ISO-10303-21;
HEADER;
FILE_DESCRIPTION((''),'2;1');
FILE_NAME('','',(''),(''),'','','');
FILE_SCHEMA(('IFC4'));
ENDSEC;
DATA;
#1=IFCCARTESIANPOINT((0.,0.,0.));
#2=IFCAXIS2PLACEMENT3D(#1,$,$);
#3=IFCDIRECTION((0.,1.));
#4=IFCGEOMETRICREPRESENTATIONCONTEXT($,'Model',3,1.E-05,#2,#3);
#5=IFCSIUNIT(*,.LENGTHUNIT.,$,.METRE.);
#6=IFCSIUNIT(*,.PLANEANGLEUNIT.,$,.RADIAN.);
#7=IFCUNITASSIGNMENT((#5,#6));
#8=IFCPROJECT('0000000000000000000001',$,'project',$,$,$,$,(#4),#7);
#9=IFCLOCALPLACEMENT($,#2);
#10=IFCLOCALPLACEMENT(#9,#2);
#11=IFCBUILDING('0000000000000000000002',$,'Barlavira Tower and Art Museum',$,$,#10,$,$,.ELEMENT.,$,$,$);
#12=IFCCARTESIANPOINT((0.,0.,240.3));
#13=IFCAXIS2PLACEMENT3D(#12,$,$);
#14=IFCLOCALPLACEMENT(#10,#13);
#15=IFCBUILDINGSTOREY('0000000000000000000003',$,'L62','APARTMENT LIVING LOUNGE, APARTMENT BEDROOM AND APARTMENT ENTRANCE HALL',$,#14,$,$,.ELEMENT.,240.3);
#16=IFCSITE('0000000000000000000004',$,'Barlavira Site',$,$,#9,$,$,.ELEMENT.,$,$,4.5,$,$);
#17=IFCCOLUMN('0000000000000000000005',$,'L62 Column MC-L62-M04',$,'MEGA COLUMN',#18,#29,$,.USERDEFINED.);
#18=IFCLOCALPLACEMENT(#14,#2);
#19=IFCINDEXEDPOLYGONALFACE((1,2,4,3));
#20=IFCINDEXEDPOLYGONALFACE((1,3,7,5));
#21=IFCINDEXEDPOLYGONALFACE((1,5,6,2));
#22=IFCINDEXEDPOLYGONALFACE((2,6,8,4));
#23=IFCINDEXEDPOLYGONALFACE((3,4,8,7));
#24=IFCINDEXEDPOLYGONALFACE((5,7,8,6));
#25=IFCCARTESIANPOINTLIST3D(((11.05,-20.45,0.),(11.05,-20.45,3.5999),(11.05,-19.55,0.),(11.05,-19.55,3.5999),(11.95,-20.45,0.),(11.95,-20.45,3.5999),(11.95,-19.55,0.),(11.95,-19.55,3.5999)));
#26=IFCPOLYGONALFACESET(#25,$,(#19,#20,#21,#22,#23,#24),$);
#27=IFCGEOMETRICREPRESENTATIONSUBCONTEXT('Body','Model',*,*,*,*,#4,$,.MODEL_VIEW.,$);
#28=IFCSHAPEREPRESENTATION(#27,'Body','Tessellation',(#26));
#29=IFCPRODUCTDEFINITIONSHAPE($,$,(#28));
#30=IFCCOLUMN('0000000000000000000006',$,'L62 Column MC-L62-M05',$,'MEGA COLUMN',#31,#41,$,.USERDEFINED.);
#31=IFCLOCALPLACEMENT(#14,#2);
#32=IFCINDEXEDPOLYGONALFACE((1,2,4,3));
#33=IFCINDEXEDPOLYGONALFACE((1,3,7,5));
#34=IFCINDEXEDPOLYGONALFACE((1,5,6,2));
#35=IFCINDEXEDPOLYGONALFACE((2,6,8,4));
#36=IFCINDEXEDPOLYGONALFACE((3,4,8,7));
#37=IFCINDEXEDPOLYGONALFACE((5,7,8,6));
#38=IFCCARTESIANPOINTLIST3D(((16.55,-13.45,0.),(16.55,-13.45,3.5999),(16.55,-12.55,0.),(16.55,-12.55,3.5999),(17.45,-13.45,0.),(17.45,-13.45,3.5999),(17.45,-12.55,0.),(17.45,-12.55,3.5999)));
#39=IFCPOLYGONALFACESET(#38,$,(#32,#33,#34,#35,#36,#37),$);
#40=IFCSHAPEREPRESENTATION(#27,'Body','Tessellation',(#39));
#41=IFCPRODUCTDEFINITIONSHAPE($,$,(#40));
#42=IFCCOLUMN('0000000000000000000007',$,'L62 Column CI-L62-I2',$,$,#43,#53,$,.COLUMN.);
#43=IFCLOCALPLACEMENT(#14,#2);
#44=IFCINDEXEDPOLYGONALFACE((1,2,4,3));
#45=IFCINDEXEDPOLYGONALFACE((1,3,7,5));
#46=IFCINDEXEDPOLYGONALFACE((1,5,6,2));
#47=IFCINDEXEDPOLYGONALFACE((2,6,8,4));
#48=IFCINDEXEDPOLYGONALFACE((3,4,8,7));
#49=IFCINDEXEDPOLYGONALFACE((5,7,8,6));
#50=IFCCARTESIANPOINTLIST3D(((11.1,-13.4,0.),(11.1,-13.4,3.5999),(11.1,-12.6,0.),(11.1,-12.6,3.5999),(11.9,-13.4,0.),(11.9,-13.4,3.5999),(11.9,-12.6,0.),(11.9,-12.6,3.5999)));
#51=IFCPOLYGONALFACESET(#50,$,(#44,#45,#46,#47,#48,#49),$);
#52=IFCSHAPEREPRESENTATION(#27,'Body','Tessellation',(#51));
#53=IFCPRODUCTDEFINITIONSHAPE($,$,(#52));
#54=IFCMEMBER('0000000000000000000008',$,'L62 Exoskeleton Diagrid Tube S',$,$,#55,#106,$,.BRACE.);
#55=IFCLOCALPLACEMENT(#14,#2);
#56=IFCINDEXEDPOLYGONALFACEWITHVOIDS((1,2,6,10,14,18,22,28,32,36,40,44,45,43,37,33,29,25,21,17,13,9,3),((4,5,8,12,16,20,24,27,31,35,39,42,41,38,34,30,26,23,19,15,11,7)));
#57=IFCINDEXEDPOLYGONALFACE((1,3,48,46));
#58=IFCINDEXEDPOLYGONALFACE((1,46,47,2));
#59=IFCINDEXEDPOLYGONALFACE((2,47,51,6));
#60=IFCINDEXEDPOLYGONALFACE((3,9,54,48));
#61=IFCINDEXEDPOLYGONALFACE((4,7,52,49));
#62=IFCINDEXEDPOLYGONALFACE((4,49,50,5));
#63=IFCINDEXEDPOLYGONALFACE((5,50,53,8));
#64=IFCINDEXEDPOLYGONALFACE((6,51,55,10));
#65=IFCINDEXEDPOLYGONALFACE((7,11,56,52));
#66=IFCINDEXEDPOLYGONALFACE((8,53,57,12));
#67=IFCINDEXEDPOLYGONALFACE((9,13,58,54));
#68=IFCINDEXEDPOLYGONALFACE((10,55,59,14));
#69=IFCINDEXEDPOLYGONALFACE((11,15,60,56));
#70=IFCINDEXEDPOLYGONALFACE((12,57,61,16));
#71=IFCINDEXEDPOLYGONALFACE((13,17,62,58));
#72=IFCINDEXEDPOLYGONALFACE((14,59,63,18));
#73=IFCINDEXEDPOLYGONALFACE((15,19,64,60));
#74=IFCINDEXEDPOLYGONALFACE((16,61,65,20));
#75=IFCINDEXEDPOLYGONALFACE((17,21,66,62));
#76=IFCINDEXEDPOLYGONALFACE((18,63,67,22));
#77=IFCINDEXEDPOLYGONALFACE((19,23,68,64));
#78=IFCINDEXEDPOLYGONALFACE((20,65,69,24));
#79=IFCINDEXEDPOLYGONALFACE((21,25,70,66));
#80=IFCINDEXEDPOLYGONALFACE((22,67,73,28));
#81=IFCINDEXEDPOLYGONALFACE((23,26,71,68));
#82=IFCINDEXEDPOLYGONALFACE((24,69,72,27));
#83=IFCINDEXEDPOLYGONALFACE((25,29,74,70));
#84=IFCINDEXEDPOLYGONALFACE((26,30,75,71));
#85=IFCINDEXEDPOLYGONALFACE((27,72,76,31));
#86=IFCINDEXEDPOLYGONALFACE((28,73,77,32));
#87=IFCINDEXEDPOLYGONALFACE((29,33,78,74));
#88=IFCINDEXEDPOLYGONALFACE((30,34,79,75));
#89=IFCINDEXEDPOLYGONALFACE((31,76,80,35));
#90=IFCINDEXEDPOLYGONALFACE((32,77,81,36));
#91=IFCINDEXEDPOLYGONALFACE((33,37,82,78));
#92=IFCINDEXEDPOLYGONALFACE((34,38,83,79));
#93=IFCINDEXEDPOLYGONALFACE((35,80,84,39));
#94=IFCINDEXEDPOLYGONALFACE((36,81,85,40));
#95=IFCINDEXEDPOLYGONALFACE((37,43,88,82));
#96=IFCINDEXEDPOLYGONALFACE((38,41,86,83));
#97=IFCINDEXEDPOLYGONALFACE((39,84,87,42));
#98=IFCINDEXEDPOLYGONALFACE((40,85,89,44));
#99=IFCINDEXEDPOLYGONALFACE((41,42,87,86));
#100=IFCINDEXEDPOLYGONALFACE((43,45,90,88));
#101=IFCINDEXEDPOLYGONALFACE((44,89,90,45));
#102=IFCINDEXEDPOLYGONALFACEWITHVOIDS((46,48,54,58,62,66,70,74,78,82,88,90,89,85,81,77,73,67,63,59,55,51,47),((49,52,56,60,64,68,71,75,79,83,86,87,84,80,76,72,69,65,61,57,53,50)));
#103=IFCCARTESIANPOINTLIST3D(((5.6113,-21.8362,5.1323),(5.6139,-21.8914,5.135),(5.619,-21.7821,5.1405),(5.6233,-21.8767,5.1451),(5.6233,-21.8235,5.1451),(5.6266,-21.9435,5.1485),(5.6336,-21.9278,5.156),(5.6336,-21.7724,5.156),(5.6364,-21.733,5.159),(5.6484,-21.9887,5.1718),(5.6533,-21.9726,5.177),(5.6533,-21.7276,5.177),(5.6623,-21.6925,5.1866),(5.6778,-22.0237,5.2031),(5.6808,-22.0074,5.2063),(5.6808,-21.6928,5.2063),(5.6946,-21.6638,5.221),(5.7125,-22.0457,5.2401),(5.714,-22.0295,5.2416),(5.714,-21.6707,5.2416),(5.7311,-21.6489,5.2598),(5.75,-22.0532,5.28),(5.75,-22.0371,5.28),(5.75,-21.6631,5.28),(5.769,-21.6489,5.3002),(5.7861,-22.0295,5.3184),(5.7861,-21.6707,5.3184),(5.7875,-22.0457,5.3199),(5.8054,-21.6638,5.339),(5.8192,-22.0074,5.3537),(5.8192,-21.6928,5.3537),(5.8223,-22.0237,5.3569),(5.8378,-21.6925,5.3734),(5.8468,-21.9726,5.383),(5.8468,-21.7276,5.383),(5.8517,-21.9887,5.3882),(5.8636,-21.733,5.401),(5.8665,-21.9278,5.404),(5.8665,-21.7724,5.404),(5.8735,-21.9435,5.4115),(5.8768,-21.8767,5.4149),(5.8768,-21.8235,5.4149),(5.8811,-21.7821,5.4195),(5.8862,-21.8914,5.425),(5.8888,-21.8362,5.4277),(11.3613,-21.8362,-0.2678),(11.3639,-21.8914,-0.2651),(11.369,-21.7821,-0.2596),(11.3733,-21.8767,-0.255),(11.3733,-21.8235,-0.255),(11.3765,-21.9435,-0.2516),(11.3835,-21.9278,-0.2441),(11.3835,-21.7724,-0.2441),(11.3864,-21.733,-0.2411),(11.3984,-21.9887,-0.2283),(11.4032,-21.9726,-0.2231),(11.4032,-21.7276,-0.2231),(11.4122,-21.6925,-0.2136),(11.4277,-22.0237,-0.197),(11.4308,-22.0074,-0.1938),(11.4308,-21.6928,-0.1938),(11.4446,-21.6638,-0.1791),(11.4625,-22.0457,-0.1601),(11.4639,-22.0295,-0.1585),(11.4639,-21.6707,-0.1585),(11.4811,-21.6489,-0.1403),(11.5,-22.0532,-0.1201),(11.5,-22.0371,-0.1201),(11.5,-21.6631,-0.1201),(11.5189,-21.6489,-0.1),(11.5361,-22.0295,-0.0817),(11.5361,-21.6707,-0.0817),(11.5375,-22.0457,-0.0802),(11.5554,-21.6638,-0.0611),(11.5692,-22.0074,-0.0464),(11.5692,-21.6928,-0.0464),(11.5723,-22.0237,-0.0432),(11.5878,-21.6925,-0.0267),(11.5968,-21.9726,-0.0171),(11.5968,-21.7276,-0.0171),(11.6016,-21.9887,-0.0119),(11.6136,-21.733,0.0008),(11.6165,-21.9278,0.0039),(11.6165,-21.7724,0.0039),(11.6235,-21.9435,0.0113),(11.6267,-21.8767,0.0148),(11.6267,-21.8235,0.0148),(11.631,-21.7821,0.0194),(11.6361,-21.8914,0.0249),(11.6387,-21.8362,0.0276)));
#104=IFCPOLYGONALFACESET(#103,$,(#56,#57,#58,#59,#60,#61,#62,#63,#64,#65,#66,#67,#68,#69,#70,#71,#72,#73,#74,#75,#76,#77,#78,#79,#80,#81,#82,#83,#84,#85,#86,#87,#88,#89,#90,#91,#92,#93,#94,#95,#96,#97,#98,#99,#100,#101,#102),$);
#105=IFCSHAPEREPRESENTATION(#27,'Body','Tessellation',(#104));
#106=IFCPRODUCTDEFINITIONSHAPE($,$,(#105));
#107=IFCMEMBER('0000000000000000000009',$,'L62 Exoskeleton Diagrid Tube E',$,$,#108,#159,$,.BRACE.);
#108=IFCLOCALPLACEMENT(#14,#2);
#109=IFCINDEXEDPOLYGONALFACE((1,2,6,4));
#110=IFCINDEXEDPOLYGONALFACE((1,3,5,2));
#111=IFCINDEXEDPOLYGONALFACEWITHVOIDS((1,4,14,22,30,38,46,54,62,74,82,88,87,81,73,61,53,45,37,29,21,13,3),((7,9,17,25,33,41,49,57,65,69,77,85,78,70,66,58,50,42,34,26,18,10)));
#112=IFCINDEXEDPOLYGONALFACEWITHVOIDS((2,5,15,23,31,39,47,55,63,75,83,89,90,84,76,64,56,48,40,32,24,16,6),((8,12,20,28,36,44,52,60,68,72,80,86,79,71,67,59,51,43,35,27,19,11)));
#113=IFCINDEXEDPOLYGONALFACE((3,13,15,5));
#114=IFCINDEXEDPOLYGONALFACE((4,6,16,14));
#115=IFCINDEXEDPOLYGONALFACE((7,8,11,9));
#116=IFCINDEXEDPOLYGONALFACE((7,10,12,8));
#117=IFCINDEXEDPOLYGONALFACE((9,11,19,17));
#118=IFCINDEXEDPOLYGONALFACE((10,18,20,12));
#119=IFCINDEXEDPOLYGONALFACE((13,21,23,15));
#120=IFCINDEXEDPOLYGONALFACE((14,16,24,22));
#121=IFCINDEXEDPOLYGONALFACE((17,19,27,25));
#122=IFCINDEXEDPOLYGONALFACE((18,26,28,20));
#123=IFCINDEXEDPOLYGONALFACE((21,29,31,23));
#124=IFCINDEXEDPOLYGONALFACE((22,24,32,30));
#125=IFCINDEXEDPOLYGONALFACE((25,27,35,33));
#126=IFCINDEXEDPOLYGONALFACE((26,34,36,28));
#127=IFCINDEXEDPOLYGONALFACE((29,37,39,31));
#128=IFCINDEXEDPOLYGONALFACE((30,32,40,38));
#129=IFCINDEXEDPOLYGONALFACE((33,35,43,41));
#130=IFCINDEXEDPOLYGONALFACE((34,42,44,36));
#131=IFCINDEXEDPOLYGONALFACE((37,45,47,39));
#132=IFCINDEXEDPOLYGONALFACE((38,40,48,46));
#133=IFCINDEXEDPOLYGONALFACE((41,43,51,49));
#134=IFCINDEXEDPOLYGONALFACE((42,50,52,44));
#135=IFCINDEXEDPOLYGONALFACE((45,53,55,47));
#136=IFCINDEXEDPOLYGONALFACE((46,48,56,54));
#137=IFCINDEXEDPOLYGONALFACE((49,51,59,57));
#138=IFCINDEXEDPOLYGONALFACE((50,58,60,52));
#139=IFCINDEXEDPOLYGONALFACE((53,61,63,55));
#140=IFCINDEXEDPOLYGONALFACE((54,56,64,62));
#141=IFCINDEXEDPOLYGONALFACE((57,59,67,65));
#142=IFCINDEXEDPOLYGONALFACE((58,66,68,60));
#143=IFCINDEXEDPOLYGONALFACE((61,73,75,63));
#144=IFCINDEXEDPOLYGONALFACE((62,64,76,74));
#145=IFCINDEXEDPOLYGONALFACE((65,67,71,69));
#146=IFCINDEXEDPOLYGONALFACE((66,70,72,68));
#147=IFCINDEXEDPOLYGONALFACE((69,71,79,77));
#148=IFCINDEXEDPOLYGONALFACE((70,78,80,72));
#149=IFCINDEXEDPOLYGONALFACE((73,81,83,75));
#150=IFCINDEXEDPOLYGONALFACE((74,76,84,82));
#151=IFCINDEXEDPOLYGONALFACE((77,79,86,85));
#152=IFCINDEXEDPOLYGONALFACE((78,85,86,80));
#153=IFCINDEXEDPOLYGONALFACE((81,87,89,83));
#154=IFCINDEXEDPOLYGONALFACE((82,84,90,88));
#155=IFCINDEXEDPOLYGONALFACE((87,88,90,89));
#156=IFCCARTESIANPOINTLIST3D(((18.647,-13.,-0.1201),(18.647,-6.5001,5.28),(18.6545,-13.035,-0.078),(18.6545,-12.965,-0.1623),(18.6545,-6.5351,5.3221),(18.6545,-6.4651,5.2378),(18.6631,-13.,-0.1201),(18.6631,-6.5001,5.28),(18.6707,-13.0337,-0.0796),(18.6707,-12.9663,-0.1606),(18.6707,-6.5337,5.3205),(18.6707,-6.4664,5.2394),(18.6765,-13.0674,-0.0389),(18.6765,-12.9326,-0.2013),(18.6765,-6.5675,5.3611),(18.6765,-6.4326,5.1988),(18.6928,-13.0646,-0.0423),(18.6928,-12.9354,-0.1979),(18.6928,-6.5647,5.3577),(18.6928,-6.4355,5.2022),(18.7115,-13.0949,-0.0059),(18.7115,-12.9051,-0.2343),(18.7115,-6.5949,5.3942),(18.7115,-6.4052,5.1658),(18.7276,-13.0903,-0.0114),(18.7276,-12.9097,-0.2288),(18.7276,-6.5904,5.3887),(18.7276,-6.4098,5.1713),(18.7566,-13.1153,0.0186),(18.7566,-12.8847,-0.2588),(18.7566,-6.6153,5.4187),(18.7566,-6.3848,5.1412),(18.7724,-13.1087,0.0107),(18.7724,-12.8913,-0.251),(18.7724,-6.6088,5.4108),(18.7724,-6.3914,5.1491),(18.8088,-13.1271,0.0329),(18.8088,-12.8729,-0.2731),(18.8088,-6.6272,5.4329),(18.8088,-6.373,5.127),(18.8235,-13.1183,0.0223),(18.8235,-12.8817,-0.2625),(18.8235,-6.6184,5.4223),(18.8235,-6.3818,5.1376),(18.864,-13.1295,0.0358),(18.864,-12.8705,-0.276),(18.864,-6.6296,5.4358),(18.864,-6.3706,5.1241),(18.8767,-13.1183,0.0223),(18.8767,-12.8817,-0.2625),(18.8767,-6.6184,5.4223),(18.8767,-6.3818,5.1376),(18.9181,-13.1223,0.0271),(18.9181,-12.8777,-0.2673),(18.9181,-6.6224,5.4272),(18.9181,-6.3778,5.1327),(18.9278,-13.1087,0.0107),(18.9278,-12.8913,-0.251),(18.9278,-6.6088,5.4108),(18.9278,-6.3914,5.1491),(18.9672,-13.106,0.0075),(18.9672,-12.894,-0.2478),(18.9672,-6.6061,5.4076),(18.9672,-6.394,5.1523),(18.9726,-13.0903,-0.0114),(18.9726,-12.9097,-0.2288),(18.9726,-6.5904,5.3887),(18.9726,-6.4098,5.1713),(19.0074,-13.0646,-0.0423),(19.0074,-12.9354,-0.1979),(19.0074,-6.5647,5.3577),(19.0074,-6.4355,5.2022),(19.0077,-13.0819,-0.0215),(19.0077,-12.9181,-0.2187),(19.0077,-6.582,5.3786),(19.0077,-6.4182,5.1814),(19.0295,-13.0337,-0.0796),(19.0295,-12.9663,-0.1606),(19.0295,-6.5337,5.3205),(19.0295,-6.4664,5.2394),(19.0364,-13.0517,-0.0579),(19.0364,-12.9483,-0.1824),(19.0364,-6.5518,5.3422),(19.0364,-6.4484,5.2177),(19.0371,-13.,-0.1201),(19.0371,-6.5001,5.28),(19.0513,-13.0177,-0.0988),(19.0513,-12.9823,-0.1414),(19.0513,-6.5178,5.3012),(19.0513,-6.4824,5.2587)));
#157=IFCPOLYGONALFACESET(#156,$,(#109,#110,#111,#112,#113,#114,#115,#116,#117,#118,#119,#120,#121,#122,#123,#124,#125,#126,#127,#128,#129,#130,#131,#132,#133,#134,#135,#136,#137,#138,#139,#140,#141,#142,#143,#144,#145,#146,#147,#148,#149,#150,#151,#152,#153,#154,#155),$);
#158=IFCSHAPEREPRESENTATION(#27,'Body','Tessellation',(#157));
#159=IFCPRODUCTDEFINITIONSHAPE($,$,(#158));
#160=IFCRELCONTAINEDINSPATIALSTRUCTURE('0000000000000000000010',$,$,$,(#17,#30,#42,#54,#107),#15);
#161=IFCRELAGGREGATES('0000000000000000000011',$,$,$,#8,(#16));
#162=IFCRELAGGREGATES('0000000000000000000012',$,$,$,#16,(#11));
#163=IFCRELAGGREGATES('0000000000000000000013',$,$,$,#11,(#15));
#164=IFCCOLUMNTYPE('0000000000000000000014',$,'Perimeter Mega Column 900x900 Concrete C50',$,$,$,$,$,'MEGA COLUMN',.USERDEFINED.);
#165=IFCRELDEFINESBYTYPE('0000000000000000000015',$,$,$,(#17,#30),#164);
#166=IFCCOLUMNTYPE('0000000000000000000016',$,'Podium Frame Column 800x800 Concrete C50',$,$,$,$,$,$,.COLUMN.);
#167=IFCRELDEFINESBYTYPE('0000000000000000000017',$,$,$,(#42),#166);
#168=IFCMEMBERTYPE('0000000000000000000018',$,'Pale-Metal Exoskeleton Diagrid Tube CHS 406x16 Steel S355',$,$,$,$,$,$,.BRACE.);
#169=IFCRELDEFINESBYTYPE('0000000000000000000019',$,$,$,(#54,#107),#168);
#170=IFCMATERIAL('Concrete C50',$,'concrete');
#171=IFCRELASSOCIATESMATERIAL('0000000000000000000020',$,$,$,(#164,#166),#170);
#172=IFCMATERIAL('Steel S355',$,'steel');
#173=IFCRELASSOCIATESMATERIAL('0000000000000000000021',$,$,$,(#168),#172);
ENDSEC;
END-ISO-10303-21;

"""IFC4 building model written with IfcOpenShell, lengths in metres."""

from ifc_helpers import new_model, si_unit, direction, frame, origin, origin_2d, place, context, subcontext, project, spatial, rectangle, hollow_circle, extrude, material, material_profile, profile_set, type_object, element, save


model = new_model("IFC4")

# Units and contexts
model_context = context("Model", 3, precision=1e-05, world=origin(), true_north=direction((0.0, 1.0)))
body_context = subcontext(model_context, "Body", "Model", "MODEL_VIEW")
ifc_project = project(units=[si_unit("LENGTHUNIT", "METRE"), si_unit("PLANEANGLEUNIT", "RADIAN")], contexts=[model_context])

# Site, building, storey
site_placement = place(None, origin())
site = spatial("IfcSite", under=ifc_project, at=site_placement, Name="Barlavira Site", CompositionType="ELEMENT", RefElevation=4.5)
building_placement = place(site_placement, origin())
building = spatial("IfcBuilding", under=site, at=building_placement, Name="Barlavira Tower and Art Museum", CompositionType="ELEMENT")
storey_placement = place(building_placement, frame((0.0, 0.0, 240.3)))
storey = spatial("IfcBuildingStorey", under=building, at=storey_placement, Name="L62", Description="APARTMENT LIVING LOUNGE, APARTMENT BEDROOM AND APARTMENT ENTRANCE HALL", CompositionType="ELEMENT", Elevation=240.3)

# Columns
ifc_material_1 = material(Name="Concrete C50", Category="concrete")
ifc_material_profile_1 = material_profile(ifc_material_1, rectangle(XDim=0.8999, YDim=0.8999, at=origin_2d()), Name="RC-COL 900x900")
ifc_profile_set_1 = profile_set([ifc_material_profile_1], Name="Concrete C50")
column_type_1 = type_object("IfcColumnType", Name="Perimeter Mega Column 900x900 Concrete C50", ElementType="MEGA COLUMN", PredefinedType="USERDEFINED", material=ifc_profile_set_1)
for number, where, z_axis, x_axis, name in (
    (1, (11.5, -20.0, 0.0), (0.0, 0.0, 1.0), (1.0, 0.0, 0.0), "L62 Column MC-L62-M04"),
    (2, (17.0, -13.0, 0.0), (0.0, 0.0, 1.0), (1.0, 0.0, 0.0), "L62 Column MC-L62-M05"),
):
    element("IfcColumn", number, at=place(storey_placement, frame(where, z_axis=z_axis, x_axis=x_axis)), inside=storey, type_object=column_type_1, Name=name, ObjectType="MEGA COLUMN", PredefinedType="USERDEFINED", context=body_context, shape_type="SweptSolid", body=[
        extrude(rectangle(XDim=0.8999, YDim=0.8999, at=origin_2d()), origin(), (0.0, 0.0, 1.0), 3.5999),
    ])
ifc_material_profile_2 = material_profile(ifc_material_1, rectangle(XDim=0.8, YDim=0.8, at=origin_2d()), Name="RC-COL 800x800")
ifc_profile_set_2 = profile_set([ifc_material_profile_2], Name="Concrete C50")
column_type_2 = type_object("IfcColumnType", Name="Podium Frame Column 800x800 Concrete C50", PredefinedType="COLUMN", material=ifc_profile_set_2)
column_placement = place(storey_placement, frame((11.5, -13.0, 0.0), z_axis=(0.0, 0.0, 1.0), x_axis=(1.0, 0.0, 0.0)))
element("IfcColumn", 3, at=column_placement, inside=storey, type_object=column_type_2, Name="L62 Column CI-L62-I2", PredefinedType="COLUMN", context=body_context, shape_type="SweptSolid", body=[
    extrude(rectangle(XDim=0.8, YDim=0.8, at=origin_2d()), origin(), (0.0, 0.0, 1.0), 3.5999),
])

# Members
ifc_material_2 = material(Name="Steel S355", Category="steel")
ifc_material_profile_3 = material_profile(ifc_material_2, hollow_circle(Radius=0.2031, WallThickness=0.0161, at=origin_2d()), Name="CHS 406.4x16.0")
ifc_profile_set_3 = profile_set([ifc_material_profile_3], Name="Steel S355")
member_type_1 = type_object("IfcMemberType", Name="Pale-Metal Exoskeleton Diagrid Tube CHS 406x16 Steel S355", PredefinedType="BRACE", material=ifc_profile_set_3)
member_1_placement = place(storey_placement, frame((11.5, -21.8501, -0.1201), z_axis=(-0.728935, 0.0, 0.684583), x_axis=(0.0, -1.0, 0.0)))
element("IfcMember", 4, at=member_1_placement, inside=storey, type_object=member_type_1, Name="L62 Exoskeleton Diagrid Tube S", PredefinedType="BRACE", context=body_context, shape_type="SweptSolid", body=[
    extrude(hollow_circle(Radius=0.2031, WallThickness=0.0161, at=origin_2d()), origin(), (0.0, 0.0, 1.0), 7.8882),
])
member_2_placement = place(storey_placement, frame((18.8501, -13.0, -0.1201), z_axis=(0.0, 0.769182, 0.63903), x_axis=(-1.0, 0.0, 0.0)))
element("IfcMember", 5, at=member_2_placement, inside=storey, type_object=member_type_1, Name="L62 Exoskeleton Diagrid Tube E", PredefinedType="BRACE", context=body_context, shape_type="SweptSolid", body=[
    extrude(hollow_circle(Radius=0.2031, WallThickness=0.0161, at=origin_2d()), origin(), (0.0, 0.0, 1.0), 8.4504),
])

save(model, "model.ifc")
